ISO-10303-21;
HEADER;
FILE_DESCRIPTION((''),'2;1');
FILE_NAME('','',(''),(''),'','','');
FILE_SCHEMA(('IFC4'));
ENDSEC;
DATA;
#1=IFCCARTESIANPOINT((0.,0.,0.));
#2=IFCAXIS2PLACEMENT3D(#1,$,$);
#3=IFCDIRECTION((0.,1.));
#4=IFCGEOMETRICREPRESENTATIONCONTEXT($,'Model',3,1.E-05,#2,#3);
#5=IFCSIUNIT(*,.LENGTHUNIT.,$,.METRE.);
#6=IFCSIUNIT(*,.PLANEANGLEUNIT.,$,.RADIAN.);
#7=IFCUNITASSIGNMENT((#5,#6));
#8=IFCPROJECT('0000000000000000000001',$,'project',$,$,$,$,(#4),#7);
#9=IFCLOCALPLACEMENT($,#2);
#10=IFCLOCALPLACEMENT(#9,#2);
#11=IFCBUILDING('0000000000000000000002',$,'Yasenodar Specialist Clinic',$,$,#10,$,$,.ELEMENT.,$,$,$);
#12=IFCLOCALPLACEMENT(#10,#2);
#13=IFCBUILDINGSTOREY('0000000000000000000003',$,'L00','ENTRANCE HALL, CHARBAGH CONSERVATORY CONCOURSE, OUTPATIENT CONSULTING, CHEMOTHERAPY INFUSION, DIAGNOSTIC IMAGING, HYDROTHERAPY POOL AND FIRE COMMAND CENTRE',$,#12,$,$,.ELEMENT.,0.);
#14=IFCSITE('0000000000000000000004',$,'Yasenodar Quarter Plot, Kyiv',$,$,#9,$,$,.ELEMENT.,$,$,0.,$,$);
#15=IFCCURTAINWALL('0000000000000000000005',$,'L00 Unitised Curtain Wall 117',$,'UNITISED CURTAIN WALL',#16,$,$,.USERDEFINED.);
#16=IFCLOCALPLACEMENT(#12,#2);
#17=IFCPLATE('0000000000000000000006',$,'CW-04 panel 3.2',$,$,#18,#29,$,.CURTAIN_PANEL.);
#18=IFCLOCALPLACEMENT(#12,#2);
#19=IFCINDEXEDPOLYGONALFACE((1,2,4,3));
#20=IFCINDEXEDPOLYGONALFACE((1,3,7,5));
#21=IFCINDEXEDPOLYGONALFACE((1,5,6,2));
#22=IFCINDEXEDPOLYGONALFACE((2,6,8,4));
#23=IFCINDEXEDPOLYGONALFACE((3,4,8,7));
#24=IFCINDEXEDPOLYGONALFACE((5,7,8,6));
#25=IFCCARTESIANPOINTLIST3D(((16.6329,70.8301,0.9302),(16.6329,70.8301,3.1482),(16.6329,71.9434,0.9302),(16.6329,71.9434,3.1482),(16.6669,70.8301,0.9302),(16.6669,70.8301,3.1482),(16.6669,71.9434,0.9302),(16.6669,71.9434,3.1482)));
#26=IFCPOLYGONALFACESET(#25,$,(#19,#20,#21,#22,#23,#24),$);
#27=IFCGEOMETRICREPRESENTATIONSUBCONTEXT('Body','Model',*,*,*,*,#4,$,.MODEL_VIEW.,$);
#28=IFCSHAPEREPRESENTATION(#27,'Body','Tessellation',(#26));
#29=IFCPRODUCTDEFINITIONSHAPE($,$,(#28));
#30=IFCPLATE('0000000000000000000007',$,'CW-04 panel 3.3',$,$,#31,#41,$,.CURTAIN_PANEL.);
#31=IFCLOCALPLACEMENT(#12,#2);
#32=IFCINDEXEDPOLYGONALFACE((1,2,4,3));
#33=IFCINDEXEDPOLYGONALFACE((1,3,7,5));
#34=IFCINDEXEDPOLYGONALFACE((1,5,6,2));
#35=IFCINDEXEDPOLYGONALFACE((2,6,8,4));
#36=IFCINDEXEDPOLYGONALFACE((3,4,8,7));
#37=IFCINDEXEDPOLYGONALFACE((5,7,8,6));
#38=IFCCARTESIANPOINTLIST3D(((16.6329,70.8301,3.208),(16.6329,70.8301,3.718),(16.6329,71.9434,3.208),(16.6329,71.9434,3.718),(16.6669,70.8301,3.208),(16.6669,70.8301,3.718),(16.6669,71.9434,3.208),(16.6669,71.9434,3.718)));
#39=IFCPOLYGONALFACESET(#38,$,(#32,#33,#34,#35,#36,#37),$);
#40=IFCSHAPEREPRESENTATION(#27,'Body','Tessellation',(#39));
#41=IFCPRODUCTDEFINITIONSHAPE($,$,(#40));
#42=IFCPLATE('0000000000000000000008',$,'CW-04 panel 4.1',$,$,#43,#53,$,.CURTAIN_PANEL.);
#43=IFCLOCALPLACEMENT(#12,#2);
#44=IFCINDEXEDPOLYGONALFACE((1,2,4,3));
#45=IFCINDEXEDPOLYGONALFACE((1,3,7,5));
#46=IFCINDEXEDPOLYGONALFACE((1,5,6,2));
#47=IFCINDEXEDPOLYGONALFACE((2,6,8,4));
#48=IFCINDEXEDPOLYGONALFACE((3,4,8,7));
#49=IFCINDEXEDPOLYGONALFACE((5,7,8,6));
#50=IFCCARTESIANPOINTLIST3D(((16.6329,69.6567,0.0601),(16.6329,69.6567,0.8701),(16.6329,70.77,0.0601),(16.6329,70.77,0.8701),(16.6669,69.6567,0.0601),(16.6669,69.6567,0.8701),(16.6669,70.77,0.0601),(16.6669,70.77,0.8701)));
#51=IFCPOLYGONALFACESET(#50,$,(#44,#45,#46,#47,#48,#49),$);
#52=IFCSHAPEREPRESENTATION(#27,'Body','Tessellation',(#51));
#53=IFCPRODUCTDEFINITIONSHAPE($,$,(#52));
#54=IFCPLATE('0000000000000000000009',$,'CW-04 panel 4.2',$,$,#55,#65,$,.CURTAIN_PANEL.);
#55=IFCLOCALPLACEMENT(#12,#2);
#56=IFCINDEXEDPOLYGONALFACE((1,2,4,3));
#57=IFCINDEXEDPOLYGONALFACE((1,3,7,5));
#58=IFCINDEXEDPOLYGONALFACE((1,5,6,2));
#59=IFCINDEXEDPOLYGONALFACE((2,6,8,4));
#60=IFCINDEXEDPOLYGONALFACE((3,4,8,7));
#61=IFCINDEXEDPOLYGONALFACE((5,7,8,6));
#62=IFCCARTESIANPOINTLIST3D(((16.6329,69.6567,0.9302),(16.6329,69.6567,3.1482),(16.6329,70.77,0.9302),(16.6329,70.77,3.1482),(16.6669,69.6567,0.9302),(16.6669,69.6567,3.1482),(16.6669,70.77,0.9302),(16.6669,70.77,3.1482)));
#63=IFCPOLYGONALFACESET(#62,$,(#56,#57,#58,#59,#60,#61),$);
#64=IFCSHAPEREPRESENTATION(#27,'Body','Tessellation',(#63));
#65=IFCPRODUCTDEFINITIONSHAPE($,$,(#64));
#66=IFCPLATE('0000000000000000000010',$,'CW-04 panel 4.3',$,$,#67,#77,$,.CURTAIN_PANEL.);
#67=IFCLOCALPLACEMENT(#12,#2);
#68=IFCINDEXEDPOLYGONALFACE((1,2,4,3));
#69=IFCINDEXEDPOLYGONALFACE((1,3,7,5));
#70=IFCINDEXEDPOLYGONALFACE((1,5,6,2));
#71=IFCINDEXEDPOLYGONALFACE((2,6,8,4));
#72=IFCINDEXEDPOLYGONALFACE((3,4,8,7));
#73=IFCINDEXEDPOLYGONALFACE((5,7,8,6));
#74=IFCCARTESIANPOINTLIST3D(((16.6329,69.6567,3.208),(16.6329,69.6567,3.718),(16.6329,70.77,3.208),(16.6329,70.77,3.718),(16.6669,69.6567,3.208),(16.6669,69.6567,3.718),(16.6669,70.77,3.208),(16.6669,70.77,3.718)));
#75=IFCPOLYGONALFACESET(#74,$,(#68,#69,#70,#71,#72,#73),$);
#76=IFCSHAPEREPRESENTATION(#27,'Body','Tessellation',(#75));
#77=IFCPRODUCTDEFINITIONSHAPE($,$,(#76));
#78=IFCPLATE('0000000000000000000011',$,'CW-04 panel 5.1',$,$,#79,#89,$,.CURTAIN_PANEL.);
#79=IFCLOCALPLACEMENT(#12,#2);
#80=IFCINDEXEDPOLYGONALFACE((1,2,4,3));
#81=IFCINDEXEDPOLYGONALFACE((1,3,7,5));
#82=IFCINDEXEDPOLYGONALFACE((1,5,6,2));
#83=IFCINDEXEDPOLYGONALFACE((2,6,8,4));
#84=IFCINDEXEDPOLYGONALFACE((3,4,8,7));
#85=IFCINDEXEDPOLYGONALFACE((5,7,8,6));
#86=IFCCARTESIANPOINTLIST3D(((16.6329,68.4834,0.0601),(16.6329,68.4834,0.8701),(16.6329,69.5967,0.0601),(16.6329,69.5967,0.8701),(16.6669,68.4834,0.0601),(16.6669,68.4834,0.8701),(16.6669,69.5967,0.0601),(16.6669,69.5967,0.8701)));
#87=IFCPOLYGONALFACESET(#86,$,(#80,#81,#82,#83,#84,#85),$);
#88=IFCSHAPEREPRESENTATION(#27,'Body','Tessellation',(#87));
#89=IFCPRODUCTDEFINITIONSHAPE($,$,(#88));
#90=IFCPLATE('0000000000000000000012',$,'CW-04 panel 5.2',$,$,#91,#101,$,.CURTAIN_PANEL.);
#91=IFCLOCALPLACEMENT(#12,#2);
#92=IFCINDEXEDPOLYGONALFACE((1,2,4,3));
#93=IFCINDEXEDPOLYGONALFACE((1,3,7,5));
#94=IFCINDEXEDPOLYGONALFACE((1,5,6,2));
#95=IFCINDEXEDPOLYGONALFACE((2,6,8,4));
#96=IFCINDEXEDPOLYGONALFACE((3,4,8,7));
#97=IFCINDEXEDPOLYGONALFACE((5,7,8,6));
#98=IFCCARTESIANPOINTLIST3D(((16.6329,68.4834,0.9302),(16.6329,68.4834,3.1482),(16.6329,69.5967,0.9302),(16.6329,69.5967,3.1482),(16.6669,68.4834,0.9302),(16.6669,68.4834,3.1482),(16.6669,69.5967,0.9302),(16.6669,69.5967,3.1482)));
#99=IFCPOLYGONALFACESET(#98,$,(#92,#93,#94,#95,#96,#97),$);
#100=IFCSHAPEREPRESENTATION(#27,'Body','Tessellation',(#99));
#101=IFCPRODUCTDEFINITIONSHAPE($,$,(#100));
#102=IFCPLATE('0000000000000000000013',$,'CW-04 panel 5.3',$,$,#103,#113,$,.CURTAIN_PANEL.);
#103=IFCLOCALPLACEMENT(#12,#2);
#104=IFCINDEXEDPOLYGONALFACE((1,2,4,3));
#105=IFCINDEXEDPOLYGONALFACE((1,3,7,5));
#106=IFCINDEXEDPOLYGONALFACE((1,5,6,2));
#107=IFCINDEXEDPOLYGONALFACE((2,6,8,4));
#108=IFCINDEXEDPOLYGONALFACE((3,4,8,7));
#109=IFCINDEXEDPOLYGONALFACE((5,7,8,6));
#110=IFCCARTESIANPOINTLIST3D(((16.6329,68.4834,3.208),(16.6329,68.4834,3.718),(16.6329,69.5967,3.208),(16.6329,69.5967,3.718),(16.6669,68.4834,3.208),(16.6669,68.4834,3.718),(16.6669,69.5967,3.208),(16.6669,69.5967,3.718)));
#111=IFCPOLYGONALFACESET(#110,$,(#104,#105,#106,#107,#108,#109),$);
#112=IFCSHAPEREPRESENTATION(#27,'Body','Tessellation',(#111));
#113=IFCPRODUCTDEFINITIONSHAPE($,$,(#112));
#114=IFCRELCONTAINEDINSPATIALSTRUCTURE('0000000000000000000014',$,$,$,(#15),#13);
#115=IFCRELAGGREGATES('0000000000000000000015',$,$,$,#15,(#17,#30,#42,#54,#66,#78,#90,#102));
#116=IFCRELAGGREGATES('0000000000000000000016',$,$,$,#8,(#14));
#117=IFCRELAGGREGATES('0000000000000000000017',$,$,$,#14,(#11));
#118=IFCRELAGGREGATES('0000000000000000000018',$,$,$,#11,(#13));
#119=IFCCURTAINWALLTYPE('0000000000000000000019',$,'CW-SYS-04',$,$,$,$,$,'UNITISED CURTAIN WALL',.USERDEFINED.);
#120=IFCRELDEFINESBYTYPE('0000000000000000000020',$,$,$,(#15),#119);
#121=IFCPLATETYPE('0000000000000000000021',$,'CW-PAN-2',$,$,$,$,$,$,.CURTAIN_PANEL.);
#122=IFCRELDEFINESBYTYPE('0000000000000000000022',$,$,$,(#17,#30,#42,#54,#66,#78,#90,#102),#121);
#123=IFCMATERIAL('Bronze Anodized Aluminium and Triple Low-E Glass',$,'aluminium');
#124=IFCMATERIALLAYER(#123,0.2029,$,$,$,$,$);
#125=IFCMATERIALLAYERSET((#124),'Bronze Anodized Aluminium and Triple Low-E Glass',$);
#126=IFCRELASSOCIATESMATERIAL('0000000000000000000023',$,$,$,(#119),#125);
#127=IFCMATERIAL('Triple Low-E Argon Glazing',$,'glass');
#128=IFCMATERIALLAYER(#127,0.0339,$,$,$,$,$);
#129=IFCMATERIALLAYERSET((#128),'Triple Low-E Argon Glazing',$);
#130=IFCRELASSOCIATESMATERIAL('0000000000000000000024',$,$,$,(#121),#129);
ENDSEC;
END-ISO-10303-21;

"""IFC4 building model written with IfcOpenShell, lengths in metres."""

from ifc_helpers import new_model, si_unit, direction, frame, origin, origin_2d, place, context, subcontext, project, spatial, rectangle, extrude, material, layer, layer_set, type_object, element, aggregate, save


model = new_model("IFC4")

# Units and contexts
model_context = context("Model", 3, precision=1e-05, world=origin(), true_north=direction((0.0, 1.0)))
body_context = subcontext(model_context, "Body", "Model", "MODEL_VIEW")
ifc_project = project(units=[si_unit("LENGTHUNIT", "METRE"), si_unit("PLANEANGLEUNIT", "RADIAN")], contexts=[model_context])

# Site, building, storey
site_placement = place(None, origin())
site = spatial("IfcSite", under=ifc_project, at=site_placement, Name="Yasenodar Quarter Plot, Kyiv", CompositionType="ELEMENT", RefElevation=0.0)
building_placement = place(site_placement, origin())
building = spatial("IfcBuilding", under=site, at=building_placement, Name="Yasenodar Specialist Clinic", CompositionType="ELEMENT")
storey_placement = place(building_placement, origin())
storey = spatial("IfcBuildingStorey", under=building, at=storey_placement, Name="L00", Description="ENTRANCE HALL, CHARBAGH CONSERVATORY CONCOURSE, OUTPATIENT CONSULTING, CHEMOTHERAPY INFUSION, DIAGNOSTIC IMAGING, HYDROTHERAPY POOL AND FIRE COMMAND CENTRE", CompositionType="ELEMENT", Elevation=0.0)

# Curtain wall, plates
ifc_material_1 = material(Name="Bronze Anodized Aluminium and Triple Low-E Glass", Category="aluminium")
ifc_layer_1 = layer(ifc_material_1, 0.2029)
ifc_layer_set_1 = layer_set([ifc_layer_1], Name="Bronze Anodized Aluminium and Triple Low-E Glass")
curtain_wall_type = type_object("IfcCurtainWallType", Name="CW-SYS-04", ElementType="UNITISED CURTAIN WALL", PredefinedType="USERDEFINED", material=ifc_layer_set_1)
curtain_wall_placement = place(storey_placement, origin())
curtain_wall = element("IfcCurtainWall", 1, at=curtain_wall_placement, inside=storey, type_object=curtain_wall_type, Name="L00 Unitised Curtain Wall 117", ObjectType="UNITISED CURTAIN WALL", PredefinedType="USERDEFINED")
ifc_material_2 = material(Name="Triple Low-E Argon Glazing", Category="glass")
ifc_layer_2 = layer(ifc_material_2, 0.0339)
ifc_layer_set_2 = layer_set([ifc_layer_2], Name="Triple Low-E Argon Glazing")
plate_type = type_object("IfcPlateType", Name="CW-PAN-2", PredefinedType="CURTAIN_PANEL", material=ifc_layer_set_2)
plate_1_placement = place(storey_placement, frame((16.6499, 71.3867, 0.9302), z_axis=(0.0, 0.0, 1.0), x_axis=(0.0, -1.0, 0.0)))
plate_1 = element("IfcPlate", 2, at=plate_1_placement, type_object=plate_type, Name="CW-04 panel 3.2", PredefinedType="CURTAIN_PANEL", context=body_context, shape_type="SweptSolid", body=[
    extrude(rectangle(XDim=1.1133, YDim=0.0339, at=origin_2d()), origin(), (0.0, 0.0, 1.0), 2.218),
])
plate_2_placement = place(storey_placement, frame((16.6499, 71.3867, 3.208), z_axis=(0.0, 0.0, 1.0), x_axis=(0.0, -1.0, 0.0)))
plate_2 = element("IfcPlate", 3, at=plate_2_placement, type_object=plate_type, Name="CW-04 panel 3.3", PredefinedType="CURTAIN_PANEL", context=body_context, shape_type="SweptSolid", body=[
    extrude(rectangle(XDim=1.1133, YDim=0.0339, at=origin_2d()), origin(), (0.0, 0.0, 1.0), 0.51),
])
plate_3_placement = place(storey_placement, frame((16.6499, 70.2134, 0.0601), z_axis=(0.0, 0.0, 1.0), x_axis=(0.0, -1.0, 0.0)))
plate_3 = element("IfcPlate", 4, at=plate_3_placement, type_object=plate_type, Name="CW-04 panel 4.1", PredefinedType="CURTAIN_PANEL", context=body_context, shape_type="SweptSolid", body=[
    extrude(rectangle(XDim=1.1133, YDim=0.0339, at=origin_2d()), origin(), (0.0, 0.0, 1.0), 0.8101),
])
plate_4_placement = place(storey_placement, frame((16.6499, 70.2134, 0.9302), z_axis=(0.0, 0.0, 1.0), x_axis=(0.0, -1.0, 0.0)))
plate_4 = element("IfcPlate", 5, at=plate_4_placement, type_object=plate_type, Name="CW-04 panel 4.2", PredefinedType="CURTAIN_PANEL", context=body_context, shape_type="SweptSolid", body=[
    extrude(rectangle(XDim=1.1133, YDim=0.0339, at=origin_2d()), origin(), (0.0, 0.0, 1.0), 2.218),
])
plate_5_placement = place(storey_placement, frame((16.6499, 70.2134, 3.208), z_axis=(0.0, 0.0, 1.0), x_axis=(0.0, -1.0, 0.0)))
plate_5 = element("IfcPlate", 6, at=plate_5_placement, type_object=plate_type, Name="CW-04 panel 4.3", PredefinedType="CURTAIN_PANEL", context=body_context, shape_type="SweptSolid", body=[
    extrude(rectangle(XDim=1.1133, YDim=0.0339, at=origin_2d()), origin(), (0.0, 0.0, 1.0), 0.51),
])
plate_6_placement = place(storey_placement, frame((16.6499, 69.04, 0.0601), z_axis=(0.0, 0.0, 1.0), x_axis=(0.0, -1.0, 0.0)))
plate_6 = element("IfcPlate", 7, at=plate_6_placement, type_object=plate_type, Name="CW-04 panel 5.1", PredefinedType="CURTAIN_PANEL", context=body_context, shape_type="SweptSolid", body=[
    extrude(rectangle(XDim=1.1133, YDim=0.0339, at=origin_2d()), origin(), (0.0, 0.0, 1.0), 0.8101),
])
plate_7_placement = place(storey_placement, frame((16.6499, 69.04, 0.9302), z_axis=(0.0, 0.0, 1.0), x_axis=(0.0, -1.0, 0.0)))
plate_7 = element("IfcPlate", 8, at=plate_7_placement, type_object=plate_type, Name="CW-04 panel 5.2", PredefinedType="CURTAIN_PANEL", context=body_context, shape_type="SweptSolid", body=[
    extrude(rectangle(XDim=1.1133, YDim=0.0339, at=origin_2d()), origin(), (0.0, 0.0, 1.0), 2.218),
])
plate_8_placement = place(storey_placement, frame((16.6499, 69.04, 3.208), z_axis=(0.0, 0.0, 1.0), x_axis=(0.0, -1.0, 0.0)))
plate_8 = element("IfcPlate", 9, at=plate_8_placement, type_object=plate_type, Name="CW-04 panel 5.3", PredefinedType="CURTAIN_PANEL", context=body_context, shape_type="SweptSolid", body=[
    extrude(rectangle(XDim=1.1133, YDim=0.0339, at=origin_2d()), origin(), (0.0, 0.0, 1.0), 0.51),
])
aggregate(curtain_wall, [plate_1, plate_2, plate_3, plate_4, plate_5, plate_6, plate_7, plate_8])

save(model, "model.ifc")
